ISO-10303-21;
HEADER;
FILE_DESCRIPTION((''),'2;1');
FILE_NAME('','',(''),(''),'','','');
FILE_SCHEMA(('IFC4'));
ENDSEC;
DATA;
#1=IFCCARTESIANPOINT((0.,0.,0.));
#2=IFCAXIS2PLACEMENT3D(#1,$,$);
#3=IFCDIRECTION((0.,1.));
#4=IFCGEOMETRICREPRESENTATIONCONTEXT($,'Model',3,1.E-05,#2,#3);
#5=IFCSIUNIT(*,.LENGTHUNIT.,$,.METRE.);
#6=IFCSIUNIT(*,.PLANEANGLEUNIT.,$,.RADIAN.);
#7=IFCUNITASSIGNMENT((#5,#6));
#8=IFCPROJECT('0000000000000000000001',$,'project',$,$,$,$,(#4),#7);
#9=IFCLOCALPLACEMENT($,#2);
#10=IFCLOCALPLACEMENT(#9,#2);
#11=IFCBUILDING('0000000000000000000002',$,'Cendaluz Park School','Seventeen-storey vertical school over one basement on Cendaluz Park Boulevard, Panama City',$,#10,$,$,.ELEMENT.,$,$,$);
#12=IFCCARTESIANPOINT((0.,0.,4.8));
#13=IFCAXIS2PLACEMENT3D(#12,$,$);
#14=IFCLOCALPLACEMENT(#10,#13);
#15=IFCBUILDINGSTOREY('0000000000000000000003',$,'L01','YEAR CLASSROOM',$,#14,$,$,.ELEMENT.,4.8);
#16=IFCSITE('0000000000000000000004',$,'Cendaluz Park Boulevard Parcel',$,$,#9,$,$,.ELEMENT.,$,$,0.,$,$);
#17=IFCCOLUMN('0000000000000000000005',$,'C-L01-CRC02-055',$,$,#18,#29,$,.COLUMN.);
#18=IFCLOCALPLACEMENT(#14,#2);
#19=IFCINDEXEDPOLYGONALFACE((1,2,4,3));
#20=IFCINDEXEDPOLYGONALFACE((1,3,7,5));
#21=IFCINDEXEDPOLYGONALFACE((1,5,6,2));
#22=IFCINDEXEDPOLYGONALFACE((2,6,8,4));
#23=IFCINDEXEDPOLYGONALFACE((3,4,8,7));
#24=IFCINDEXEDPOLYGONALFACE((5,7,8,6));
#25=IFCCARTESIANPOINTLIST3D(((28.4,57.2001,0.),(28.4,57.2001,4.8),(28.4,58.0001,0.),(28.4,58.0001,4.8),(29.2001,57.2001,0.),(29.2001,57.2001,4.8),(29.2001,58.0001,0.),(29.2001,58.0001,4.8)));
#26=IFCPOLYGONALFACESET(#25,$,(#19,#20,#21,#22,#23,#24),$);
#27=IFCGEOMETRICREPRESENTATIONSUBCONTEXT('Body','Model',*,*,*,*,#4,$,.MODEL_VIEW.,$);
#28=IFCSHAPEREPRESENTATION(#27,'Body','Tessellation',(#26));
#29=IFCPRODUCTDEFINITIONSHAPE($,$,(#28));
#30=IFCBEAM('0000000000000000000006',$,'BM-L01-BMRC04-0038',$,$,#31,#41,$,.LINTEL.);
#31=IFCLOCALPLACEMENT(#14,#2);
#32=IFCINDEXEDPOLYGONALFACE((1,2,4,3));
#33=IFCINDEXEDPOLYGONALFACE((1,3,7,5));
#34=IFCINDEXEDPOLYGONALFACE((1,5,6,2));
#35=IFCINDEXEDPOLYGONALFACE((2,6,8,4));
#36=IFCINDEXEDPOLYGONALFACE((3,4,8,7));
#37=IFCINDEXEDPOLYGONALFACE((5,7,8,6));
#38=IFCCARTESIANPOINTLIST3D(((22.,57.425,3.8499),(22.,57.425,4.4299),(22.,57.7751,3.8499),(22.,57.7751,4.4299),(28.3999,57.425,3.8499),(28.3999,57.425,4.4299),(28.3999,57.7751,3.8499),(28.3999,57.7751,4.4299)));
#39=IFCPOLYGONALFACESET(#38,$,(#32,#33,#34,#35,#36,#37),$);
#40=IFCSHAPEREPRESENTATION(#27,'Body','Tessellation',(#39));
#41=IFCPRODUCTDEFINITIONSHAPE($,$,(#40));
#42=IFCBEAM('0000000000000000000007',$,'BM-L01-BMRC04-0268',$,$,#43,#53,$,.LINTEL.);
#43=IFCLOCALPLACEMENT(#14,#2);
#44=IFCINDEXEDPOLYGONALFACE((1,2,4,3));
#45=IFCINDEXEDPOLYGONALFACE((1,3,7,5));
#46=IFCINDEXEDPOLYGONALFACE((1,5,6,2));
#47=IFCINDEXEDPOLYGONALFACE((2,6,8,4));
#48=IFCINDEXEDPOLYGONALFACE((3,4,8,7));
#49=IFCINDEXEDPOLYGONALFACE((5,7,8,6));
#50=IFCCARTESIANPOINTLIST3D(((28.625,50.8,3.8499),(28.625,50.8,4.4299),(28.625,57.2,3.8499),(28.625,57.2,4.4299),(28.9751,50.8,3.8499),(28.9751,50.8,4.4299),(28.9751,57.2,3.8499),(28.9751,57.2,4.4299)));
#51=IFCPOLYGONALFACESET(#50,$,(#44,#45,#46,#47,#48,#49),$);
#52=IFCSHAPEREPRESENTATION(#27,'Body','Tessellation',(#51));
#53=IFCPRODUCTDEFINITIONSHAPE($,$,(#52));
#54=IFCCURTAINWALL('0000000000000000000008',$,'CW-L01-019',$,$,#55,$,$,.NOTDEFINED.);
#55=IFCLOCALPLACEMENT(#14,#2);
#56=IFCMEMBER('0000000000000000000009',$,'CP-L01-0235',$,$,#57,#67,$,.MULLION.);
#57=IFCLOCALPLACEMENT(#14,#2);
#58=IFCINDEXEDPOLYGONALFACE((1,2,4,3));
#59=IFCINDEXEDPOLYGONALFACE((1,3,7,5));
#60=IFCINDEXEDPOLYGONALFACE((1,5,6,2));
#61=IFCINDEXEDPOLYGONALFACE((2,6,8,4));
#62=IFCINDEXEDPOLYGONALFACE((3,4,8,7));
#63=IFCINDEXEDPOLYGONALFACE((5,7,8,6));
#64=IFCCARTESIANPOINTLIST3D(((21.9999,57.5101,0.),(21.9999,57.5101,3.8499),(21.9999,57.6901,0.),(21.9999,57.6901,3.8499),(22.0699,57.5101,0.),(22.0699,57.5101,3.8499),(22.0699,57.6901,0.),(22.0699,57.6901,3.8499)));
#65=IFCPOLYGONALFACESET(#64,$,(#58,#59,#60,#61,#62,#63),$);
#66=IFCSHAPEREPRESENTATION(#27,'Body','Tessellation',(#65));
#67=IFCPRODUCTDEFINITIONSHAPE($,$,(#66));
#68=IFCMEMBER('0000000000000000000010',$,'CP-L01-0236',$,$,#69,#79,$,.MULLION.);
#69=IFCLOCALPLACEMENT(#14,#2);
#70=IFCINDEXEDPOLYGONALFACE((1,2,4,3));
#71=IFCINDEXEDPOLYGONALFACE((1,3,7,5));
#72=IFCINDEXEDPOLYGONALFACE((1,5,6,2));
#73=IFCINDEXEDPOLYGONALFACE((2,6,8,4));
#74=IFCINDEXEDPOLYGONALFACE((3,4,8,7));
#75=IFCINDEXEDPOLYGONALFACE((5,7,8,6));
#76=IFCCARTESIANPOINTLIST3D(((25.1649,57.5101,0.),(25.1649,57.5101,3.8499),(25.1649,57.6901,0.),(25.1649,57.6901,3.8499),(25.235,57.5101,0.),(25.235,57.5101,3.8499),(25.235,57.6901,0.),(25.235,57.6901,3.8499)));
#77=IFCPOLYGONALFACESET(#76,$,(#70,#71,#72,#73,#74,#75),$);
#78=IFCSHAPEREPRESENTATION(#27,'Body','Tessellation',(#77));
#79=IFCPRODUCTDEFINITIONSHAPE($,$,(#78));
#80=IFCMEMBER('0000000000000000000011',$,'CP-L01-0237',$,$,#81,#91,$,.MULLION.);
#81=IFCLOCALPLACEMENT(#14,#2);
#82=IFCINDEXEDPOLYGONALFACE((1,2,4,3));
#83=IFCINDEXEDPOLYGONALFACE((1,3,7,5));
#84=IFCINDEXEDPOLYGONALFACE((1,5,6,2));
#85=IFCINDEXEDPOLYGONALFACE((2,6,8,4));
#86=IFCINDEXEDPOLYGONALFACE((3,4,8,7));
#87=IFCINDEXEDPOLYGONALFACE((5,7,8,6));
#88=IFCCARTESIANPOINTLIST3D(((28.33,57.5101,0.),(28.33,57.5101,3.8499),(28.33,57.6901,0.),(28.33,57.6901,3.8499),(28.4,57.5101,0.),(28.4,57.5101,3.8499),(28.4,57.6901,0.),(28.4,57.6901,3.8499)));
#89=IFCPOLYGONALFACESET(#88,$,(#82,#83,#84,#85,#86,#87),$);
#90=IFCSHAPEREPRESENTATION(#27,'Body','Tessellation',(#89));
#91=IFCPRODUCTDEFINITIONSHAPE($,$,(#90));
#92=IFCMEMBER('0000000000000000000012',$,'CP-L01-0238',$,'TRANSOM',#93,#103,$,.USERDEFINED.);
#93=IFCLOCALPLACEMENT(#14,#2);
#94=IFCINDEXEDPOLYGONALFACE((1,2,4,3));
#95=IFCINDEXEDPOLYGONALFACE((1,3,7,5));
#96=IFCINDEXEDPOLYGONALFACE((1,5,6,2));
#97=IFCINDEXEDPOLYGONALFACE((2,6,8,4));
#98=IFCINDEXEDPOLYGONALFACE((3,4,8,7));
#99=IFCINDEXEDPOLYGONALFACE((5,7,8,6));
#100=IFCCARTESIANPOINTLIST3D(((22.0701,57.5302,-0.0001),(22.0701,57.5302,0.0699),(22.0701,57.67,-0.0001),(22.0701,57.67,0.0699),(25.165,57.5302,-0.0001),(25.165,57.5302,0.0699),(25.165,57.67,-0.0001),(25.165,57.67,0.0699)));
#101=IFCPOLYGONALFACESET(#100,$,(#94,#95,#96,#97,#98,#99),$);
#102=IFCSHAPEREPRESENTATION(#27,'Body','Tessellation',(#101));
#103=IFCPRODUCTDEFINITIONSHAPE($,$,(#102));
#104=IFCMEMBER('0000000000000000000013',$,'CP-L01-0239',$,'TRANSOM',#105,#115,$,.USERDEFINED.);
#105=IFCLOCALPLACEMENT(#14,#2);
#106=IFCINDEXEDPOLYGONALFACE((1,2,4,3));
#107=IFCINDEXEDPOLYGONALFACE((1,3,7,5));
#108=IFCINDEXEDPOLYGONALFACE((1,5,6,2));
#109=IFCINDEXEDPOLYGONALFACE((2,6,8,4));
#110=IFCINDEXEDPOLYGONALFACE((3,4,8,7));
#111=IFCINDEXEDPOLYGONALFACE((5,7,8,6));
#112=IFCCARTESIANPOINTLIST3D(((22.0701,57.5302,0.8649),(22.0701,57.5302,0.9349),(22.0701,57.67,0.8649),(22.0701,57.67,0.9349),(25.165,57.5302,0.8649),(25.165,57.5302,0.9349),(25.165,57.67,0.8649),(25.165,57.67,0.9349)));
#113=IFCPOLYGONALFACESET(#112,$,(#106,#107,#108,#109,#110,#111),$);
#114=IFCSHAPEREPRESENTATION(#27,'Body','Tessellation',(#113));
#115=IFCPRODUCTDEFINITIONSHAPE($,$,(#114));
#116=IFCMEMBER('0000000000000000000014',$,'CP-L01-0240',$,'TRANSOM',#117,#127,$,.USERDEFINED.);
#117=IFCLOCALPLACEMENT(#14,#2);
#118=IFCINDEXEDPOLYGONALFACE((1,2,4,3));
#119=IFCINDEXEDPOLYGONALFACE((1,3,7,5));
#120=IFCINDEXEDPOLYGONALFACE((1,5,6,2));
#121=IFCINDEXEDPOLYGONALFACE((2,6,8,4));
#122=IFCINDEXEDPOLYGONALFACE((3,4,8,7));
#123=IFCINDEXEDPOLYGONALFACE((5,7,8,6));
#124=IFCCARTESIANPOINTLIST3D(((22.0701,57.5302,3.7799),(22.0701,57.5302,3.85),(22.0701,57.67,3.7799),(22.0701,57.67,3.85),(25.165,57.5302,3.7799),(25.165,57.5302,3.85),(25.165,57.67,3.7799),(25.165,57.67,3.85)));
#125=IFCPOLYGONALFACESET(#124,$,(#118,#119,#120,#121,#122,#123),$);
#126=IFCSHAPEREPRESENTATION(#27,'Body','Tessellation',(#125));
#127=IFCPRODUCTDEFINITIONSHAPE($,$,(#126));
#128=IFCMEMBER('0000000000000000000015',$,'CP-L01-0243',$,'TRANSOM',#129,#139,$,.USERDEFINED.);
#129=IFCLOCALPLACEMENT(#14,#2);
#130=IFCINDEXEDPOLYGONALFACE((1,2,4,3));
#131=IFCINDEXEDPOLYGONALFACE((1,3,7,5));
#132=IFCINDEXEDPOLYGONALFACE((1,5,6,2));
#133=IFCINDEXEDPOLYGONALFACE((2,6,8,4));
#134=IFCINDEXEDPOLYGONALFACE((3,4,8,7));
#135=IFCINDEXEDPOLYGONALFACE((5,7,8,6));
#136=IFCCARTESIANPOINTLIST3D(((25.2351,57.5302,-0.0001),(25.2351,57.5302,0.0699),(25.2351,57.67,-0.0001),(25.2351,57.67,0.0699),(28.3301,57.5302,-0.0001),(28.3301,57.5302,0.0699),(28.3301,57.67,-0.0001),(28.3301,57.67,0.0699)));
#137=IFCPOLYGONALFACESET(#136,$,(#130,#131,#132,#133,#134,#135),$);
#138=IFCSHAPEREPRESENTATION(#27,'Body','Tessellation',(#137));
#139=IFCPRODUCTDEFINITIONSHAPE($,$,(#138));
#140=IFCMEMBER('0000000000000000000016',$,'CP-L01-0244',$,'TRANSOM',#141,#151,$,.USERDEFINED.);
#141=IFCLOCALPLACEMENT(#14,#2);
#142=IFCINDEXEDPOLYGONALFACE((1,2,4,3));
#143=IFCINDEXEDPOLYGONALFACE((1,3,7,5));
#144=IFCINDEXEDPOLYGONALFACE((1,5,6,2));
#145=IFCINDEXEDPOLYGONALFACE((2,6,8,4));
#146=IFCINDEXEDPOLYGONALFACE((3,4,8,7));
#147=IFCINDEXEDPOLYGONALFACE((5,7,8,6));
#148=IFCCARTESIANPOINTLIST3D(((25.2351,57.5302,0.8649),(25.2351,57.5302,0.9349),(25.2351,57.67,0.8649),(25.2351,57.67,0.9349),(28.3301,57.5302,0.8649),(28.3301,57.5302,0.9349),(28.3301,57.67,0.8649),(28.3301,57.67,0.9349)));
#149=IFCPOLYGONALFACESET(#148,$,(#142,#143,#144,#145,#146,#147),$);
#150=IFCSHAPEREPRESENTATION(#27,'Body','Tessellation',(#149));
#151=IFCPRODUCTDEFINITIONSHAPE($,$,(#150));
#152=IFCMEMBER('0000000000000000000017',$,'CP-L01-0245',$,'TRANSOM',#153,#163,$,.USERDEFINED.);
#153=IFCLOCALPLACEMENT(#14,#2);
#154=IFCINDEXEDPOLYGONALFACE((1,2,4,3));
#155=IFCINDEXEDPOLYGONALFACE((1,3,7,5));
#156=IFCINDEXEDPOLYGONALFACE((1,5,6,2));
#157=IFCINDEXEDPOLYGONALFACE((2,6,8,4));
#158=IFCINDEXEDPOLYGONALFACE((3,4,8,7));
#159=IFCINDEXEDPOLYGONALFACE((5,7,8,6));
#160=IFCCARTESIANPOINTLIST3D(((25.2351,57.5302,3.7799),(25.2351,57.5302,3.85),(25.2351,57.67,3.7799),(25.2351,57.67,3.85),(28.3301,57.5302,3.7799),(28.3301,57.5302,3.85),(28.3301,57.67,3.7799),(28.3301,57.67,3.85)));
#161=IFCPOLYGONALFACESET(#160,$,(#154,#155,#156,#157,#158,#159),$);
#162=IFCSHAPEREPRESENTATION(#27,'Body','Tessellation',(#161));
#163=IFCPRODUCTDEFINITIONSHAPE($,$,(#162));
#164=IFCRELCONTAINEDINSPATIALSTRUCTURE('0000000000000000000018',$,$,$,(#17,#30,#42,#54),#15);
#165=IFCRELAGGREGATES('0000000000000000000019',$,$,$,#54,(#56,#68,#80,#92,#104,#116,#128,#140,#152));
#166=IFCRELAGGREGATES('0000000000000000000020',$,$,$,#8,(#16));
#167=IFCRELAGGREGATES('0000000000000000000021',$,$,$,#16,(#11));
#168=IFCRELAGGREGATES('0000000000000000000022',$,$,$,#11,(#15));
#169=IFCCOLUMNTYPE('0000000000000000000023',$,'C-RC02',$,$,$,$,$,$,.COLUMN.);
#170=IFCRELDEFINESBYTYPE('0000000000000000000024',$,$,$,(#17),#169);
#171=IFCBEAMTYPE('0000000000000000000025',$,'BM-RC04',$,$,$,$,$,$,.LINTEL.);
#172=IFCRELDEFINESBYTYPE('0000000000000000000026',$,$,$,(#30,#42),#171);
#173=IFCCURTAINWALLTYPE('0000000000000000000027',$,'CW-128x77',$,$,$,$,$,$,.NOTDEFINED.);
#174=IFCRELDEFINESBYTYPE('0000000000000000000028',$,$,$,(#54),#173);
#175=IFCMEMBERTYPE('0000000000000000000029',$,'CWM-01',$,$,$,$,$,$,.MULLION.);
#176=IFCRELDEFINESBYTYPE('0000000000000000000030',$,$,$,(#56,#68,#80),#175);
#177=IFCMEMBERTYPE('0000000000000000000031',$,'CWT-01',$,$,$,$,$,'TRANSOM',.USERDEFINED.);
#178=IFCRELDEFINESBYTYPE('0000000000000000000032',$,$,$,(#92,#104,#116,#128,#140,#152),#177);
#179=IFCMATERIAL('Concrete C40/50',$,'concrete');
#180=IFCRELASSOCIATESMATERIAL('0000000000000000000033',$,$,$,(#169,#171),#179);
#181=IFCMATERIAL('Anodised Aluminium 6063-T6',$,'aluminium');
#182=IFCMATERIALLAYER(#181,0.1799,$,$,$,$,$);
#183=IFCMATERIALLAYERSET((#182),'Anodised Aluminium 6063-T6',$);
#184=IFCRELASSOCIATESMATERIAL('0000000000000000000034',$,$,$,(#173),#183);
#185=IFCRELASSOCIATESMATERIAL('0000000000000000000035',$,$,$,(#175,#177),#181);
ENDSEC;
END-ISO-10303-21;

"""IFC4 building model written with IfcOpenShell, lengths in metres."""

from ifc_helpers import new_model, si_unit, direction, frame, origin, origin_2d, place, context, subcontext, project, spatial, rectangle, extrude, material, layer, layer_set, material_profile, profile_set, type_object, element, aggregate, save


model = new_model("IFC4")

# Units and contexts
model_context = context("Model", 3, precision=1e-05, world=origin(), true_north=direction((0.0, 1.0)))
body_context = subcontext(model_context, "Body", "Model", "MODEL_VIEW")
ifc_project = project(units=[si_unit("LENGTHUNIT", "METRE"), si_unit("PLANEANGLEUNIT", "RADIAN")], contexts=[model_context])

# Site, building, storey
site_placement = place(None, origin())
site = spatial("IfcSite", under=ifc_project, at=site_placement, Name="Cendaluz Park Boulevard Parcel", CompositionType="ELEMENT", RefElevation=0.0)
building_placement = place(site_placement, origin())
building = spatial("IfcBuilding", under=site, at=building_placement, Name="Cendaluz Park School", Description="Seventeen-storey vertical school over one basement on Cendaluz Park Boulevard, Panama City", CompositionType="ELEMENT")
storey_placement = place(building_placement, frame((0.0, 0.0, 4.8)))
storey = spatial("IfcBuildingStorey", under=building, at=storey_placement, Name="L01", Description="YEAR CLASSROOM", CompositionType="ELEMENT", Elevation=4.8)

# Column
ifc_material_1 = material(Name="Concrete C40/50", Category="concrete")
ifc_material_profile_1 = material_profile(ifc_material_1, rectangle(XDim=0.8, YDim=0.8, at=origin_2d()), Name="RC 800x800", Category="concrete")
ifc_profile_set_1 = profile_set([ifc_material_profile_1], Name="Concrete C40/50")
column_type = type_object("IfcColumnType", Name="C-RC02", PredefinedType="COLUMN", material=ifc_profile_set_1)
column_placement = place(storey_placement, frame((28.8, 57.6001, 0.0), z_axis=(0.0, 0.0, 1.0), x_axis=(1.0, 0.0, 0.0)))
element("IfcColumn", 1, at=column_placement, inside=storey, type_object=column_type, Name="C-L01-CRC02-055", PredefinedType="COLUMN", context=body_context, shape_type="SweptSolid", body=[
    extrude(rectangle(XDim=0.8, YDim=0.8, at=origin_2d()), origin(), (0.0, 0.0, 1.0), 4.8),
])

# Beams
ifc_material_profile_2 = material_profile(ifc_material_1, rectangle(XDim=0.3501, YDim=0.5801, at=origin_2d()), Name="RC 350x580", Category="concrete")
ifc_profile_set_2 = profile_set([ifc_material_profile_2], Name="Concrete C40/50")
beam_type = type_object("IfcBeamType", Name="BM-RC04", PredefinedType="LINTEL", material=ifc_profile_set_2)
for number, where, z_axis, x_axis, name in (
    (2, (22.0, 57.6001, 4.1399), (1.0, 0.0, 0.0), (0.0, 1.0, 0.0), "BM-L01-BMRC04-0038"),
    (3, (28.8, 50.8, 4.1399), (0.0, 1.0, 0.0), (-1.0, 0.0, 0.0), "BM-L01-BMRC04-0268"),
):
    element("IfcBeam", number, at=place(storey_placement, frame(where, z_axis=z_axis, x_axis=x_axis)), inside=storey, type_object=beam_type, Name=name, PredefinedType="LINTEL", context=body_context, shape_type="SweptSolid", body=[
        extrude(rectangle(XDim=0.3501, YDim=0.5801, at=origin_2d()), origin(), (0.0, 0.0, 1.0), 6.3999),
    ])

# Curtain wall, members
ifc_material_2 = material(Name="Anodised Aluminium 6063-T6", Category="aluminium")
ifc_layer_1 = layer(ifc_material_2, 0.1799)
ifc_layer_set_1 = layer_set([ifc_layer_1], Name="Anodised Aluminium 6063-T6")
curtain_wall_type = type_object("IfcCurtainWallType", Name="CW-128x77", PredefinedType="NOTDEFINED", material=ifc_layer_set_1)
curtain_wall_placement = place(storey_placement, origin())
curtain_wall = element("IfcCurtainWall", 4, at=curtain_wall_placement, inside=storey, type_object=curtain_wall_type, Name="CW-L01-019", PredefinedType="NOTDEFINED")
ifc_material_profile_3 = material_profile(ifc_material_2, rectangle(XDim=0.1799, YDim=0.0701, at=origin_2d()), Name="CWM 180x70", Category="aluminium")
ifc_profile_set_3 = profile_set([ifc_material_profile_3], Name="Anodised Aluminium 6063-T6")
member_type_1 = type_object("IfcMemberType", Name="CWM-01", PredefinedType="MULLION", material=ifc_profile_set_3)
member_1_placement = place(storey_placement, frame((22.0349, 57.6001, 0.0), z_axis=(0.0, 0.0, 1.0), x_axis=(0.0, 1.0, 0.0)))
member_1 = element("IfcMember", 5, at=member_1_placement, type_object=member_type_1, Name="CP-L01-0235", PredefinedType="MULLION", context=body_context, shape_type="SweptSolid", body=[
    extrude(rectangle(XDim=0.1799, YDim=0.0701, at=origin_2d()), origin(), (0.0, 0.0, 1.0), 3.8499),
])
member_2_placement = place(storey_placement, frame((25.2, 57.6001, 0.0), z_axis=(0.0, 0.0, 1.0), x_axis=(0.0, 1.0, 0.0)))
member_2 = element("IfcMember", 6, at=member_2_placement, type_object=member_type_1, Name="CP-L01-0236", PredefinedType="MULLION", context=body_context, shape_type="SweptSolid", body=[
    extrude(rectangle(XDim=0.1799, YDim=0.0701, at=origin_2d()), origin(), (0.0, 0.0, 1.0), 3.8499),
])
member_3_placement = place(storey_placement, frame((28.365, 57.6001, 0.0), z_axis=(0.0, 0.0, 1.0), x_axis=(0.0, 1.0, 0.0)))
member_3 = element("IfcMember", 7, at=member_3_placement, type_object=member_type_1, Name="CP-L01-0237", PredefinedType="MULLION", context=body_context, shape_type="SweptSolid", body=[
    extrude(rectangle(XDim=0.1799, YDim=0.0701, at=origin_2d()), origin(), (0.0, 0.0, 1.0), 3.8499),
])
ifc_material_profile_4 = material_profile(ifc_material_2, rectangle(XDim=0.1399, YDim=0.0701, at=origin_2d()), Name="CWT 140x70", Category="aluminium")
ifc_profile_set_4 = profile_set([ifc_material_profile_4], Name="Anodised Aluminium 6063-T6")
member_type_2 = type_object("IfcMemberType", Name="CWT-01", ElementType="TRANSOM", PredefinedType="USERDEFINED", material=ifc_profile_set_4)
member_4_placement = place(storey_placement, frame((22.0701, 57.6001, 0.0349), z_axis=(1.0, 0.0, 0.0), x_axis=(0.0, 1.0, 0.0)))
member_4 = element("IfcMember", 8, at=member_4_placement, type_object=member_type_2, Name="CP-L01-0238", ObjectType="TRANSOM", PredefinedType="USERDEFINED", context=body_context, shape_type="SweptSolid", body=[
    extrude(rectangle(XDim=0.1399, YDim=0.0701, at=origin_2d()), origin(), (0.0, 0.0, 1.0), 3.095),
])
member_5_placement = place(storey_placement, frame((22.0701, 57.6001, 0.8999), z_axis=(1.0, 0.0, 0.0), x_axis=(0.0, 1.0, 0.0)))
member_5 = element("IfcMember", 9, at=member_5_placement, type_object=member_type_2, Name="CP-L01-0239", ObjectType="TRANSOM", PredefinedType="USERDEFINED", context=body_context, shape_type="SweptSolid", body=[
    extrude(rectangle(XDim=0.1399, YDim=0.0701, at=origin_2d()), origin(), (0.0, 0.0, 1.0), 3.095),
])
member_6_placement = place(storey_placement, frame((22.0701, 57.6001, 3.8149), z_axis=(1.0, 0.0, 0.0), x_axis=(0.0, 1.0, 0.0)))
member_6 = element("IfcMember", 10, at=member_6_placement, type_object=member_type_2, Name="CP-L01-0240", ObjectType="TRANSOM", PredefinedType="USERDEFINED", context=body_context, shape_type="SweptSolid", body=[
    extrude(rectangle(XDim=0.1399, YDim=0.0701, at=origin_2d()), origin(), (0.0, 0.0, 1.0), 3.095),
])
member_7_placement = place(storey_placement, frame((25.2351, 57.6001, 0.0349), z_axis=(1.0, 0.0, 0.0), x_axis=(0.0, 1.0, 0.0)))
member_7 = element("IfcMember", 11, at=member_7_placement, type_object=member_type_2, Name="CP-L01-0243", ObjectType="TRANSOM", PredefinedType="USERDEFINED", context=body_context, shape_type="SweptSolid", body=[
    extrude(rectangle(XDim=0.1399, YDim=0.0701, at=origin_2d()), origin(), (0.0, 0.0, 1.0), 3.095),
])
member_8_placement = place(storey_placement, frame((25.2351, 57.6001, 0.8999), z_axis=(1.0, 0.0, 0.0), x_axis=(0.0, 1.0, 0.0)))
member_8 = element("IfcMember", 12, at=member_8_placement, type_object=member_type_2, Name="CP-L01-0244", ObjectType="TRANSOM", PredefinedType="USERDEFINED", context=body_context, shape_type="SweptSolid", body=[
    extrude(rectangle(XDim=0.1399, YDim=0.0701, at=origin_2d()), origin(), (0.0, 0.0, 1.0), 3.095),
])
member_9_placement = place(storey_placement, frame((25.2351, 57.6001, 3.8149), z_axis=(1.0, 0.0, 0.0), x_axis=(0.0, 1.0, 0.0)))
member_9 = element("IfcMember", 13, at=member_9_placement, type_object=member_type_2, Name="CP-L01-0245", ObjectType="TRANSOM", PredefinedType="USERDEFINED", context=body_context, shape_type="SweptSolid", body=[
    extrude(rectangle(XDim=0.1399, YDim=0.0701, at=origin_2d()), origin(), (0.0, 0.0, 1.0), 3.095),
])

aggregate(curtain_wall, [member_1, member_2, member_3, member_4, member_5, member_6, member_7, member_8, member_9])

save(model, "model.ifc")
